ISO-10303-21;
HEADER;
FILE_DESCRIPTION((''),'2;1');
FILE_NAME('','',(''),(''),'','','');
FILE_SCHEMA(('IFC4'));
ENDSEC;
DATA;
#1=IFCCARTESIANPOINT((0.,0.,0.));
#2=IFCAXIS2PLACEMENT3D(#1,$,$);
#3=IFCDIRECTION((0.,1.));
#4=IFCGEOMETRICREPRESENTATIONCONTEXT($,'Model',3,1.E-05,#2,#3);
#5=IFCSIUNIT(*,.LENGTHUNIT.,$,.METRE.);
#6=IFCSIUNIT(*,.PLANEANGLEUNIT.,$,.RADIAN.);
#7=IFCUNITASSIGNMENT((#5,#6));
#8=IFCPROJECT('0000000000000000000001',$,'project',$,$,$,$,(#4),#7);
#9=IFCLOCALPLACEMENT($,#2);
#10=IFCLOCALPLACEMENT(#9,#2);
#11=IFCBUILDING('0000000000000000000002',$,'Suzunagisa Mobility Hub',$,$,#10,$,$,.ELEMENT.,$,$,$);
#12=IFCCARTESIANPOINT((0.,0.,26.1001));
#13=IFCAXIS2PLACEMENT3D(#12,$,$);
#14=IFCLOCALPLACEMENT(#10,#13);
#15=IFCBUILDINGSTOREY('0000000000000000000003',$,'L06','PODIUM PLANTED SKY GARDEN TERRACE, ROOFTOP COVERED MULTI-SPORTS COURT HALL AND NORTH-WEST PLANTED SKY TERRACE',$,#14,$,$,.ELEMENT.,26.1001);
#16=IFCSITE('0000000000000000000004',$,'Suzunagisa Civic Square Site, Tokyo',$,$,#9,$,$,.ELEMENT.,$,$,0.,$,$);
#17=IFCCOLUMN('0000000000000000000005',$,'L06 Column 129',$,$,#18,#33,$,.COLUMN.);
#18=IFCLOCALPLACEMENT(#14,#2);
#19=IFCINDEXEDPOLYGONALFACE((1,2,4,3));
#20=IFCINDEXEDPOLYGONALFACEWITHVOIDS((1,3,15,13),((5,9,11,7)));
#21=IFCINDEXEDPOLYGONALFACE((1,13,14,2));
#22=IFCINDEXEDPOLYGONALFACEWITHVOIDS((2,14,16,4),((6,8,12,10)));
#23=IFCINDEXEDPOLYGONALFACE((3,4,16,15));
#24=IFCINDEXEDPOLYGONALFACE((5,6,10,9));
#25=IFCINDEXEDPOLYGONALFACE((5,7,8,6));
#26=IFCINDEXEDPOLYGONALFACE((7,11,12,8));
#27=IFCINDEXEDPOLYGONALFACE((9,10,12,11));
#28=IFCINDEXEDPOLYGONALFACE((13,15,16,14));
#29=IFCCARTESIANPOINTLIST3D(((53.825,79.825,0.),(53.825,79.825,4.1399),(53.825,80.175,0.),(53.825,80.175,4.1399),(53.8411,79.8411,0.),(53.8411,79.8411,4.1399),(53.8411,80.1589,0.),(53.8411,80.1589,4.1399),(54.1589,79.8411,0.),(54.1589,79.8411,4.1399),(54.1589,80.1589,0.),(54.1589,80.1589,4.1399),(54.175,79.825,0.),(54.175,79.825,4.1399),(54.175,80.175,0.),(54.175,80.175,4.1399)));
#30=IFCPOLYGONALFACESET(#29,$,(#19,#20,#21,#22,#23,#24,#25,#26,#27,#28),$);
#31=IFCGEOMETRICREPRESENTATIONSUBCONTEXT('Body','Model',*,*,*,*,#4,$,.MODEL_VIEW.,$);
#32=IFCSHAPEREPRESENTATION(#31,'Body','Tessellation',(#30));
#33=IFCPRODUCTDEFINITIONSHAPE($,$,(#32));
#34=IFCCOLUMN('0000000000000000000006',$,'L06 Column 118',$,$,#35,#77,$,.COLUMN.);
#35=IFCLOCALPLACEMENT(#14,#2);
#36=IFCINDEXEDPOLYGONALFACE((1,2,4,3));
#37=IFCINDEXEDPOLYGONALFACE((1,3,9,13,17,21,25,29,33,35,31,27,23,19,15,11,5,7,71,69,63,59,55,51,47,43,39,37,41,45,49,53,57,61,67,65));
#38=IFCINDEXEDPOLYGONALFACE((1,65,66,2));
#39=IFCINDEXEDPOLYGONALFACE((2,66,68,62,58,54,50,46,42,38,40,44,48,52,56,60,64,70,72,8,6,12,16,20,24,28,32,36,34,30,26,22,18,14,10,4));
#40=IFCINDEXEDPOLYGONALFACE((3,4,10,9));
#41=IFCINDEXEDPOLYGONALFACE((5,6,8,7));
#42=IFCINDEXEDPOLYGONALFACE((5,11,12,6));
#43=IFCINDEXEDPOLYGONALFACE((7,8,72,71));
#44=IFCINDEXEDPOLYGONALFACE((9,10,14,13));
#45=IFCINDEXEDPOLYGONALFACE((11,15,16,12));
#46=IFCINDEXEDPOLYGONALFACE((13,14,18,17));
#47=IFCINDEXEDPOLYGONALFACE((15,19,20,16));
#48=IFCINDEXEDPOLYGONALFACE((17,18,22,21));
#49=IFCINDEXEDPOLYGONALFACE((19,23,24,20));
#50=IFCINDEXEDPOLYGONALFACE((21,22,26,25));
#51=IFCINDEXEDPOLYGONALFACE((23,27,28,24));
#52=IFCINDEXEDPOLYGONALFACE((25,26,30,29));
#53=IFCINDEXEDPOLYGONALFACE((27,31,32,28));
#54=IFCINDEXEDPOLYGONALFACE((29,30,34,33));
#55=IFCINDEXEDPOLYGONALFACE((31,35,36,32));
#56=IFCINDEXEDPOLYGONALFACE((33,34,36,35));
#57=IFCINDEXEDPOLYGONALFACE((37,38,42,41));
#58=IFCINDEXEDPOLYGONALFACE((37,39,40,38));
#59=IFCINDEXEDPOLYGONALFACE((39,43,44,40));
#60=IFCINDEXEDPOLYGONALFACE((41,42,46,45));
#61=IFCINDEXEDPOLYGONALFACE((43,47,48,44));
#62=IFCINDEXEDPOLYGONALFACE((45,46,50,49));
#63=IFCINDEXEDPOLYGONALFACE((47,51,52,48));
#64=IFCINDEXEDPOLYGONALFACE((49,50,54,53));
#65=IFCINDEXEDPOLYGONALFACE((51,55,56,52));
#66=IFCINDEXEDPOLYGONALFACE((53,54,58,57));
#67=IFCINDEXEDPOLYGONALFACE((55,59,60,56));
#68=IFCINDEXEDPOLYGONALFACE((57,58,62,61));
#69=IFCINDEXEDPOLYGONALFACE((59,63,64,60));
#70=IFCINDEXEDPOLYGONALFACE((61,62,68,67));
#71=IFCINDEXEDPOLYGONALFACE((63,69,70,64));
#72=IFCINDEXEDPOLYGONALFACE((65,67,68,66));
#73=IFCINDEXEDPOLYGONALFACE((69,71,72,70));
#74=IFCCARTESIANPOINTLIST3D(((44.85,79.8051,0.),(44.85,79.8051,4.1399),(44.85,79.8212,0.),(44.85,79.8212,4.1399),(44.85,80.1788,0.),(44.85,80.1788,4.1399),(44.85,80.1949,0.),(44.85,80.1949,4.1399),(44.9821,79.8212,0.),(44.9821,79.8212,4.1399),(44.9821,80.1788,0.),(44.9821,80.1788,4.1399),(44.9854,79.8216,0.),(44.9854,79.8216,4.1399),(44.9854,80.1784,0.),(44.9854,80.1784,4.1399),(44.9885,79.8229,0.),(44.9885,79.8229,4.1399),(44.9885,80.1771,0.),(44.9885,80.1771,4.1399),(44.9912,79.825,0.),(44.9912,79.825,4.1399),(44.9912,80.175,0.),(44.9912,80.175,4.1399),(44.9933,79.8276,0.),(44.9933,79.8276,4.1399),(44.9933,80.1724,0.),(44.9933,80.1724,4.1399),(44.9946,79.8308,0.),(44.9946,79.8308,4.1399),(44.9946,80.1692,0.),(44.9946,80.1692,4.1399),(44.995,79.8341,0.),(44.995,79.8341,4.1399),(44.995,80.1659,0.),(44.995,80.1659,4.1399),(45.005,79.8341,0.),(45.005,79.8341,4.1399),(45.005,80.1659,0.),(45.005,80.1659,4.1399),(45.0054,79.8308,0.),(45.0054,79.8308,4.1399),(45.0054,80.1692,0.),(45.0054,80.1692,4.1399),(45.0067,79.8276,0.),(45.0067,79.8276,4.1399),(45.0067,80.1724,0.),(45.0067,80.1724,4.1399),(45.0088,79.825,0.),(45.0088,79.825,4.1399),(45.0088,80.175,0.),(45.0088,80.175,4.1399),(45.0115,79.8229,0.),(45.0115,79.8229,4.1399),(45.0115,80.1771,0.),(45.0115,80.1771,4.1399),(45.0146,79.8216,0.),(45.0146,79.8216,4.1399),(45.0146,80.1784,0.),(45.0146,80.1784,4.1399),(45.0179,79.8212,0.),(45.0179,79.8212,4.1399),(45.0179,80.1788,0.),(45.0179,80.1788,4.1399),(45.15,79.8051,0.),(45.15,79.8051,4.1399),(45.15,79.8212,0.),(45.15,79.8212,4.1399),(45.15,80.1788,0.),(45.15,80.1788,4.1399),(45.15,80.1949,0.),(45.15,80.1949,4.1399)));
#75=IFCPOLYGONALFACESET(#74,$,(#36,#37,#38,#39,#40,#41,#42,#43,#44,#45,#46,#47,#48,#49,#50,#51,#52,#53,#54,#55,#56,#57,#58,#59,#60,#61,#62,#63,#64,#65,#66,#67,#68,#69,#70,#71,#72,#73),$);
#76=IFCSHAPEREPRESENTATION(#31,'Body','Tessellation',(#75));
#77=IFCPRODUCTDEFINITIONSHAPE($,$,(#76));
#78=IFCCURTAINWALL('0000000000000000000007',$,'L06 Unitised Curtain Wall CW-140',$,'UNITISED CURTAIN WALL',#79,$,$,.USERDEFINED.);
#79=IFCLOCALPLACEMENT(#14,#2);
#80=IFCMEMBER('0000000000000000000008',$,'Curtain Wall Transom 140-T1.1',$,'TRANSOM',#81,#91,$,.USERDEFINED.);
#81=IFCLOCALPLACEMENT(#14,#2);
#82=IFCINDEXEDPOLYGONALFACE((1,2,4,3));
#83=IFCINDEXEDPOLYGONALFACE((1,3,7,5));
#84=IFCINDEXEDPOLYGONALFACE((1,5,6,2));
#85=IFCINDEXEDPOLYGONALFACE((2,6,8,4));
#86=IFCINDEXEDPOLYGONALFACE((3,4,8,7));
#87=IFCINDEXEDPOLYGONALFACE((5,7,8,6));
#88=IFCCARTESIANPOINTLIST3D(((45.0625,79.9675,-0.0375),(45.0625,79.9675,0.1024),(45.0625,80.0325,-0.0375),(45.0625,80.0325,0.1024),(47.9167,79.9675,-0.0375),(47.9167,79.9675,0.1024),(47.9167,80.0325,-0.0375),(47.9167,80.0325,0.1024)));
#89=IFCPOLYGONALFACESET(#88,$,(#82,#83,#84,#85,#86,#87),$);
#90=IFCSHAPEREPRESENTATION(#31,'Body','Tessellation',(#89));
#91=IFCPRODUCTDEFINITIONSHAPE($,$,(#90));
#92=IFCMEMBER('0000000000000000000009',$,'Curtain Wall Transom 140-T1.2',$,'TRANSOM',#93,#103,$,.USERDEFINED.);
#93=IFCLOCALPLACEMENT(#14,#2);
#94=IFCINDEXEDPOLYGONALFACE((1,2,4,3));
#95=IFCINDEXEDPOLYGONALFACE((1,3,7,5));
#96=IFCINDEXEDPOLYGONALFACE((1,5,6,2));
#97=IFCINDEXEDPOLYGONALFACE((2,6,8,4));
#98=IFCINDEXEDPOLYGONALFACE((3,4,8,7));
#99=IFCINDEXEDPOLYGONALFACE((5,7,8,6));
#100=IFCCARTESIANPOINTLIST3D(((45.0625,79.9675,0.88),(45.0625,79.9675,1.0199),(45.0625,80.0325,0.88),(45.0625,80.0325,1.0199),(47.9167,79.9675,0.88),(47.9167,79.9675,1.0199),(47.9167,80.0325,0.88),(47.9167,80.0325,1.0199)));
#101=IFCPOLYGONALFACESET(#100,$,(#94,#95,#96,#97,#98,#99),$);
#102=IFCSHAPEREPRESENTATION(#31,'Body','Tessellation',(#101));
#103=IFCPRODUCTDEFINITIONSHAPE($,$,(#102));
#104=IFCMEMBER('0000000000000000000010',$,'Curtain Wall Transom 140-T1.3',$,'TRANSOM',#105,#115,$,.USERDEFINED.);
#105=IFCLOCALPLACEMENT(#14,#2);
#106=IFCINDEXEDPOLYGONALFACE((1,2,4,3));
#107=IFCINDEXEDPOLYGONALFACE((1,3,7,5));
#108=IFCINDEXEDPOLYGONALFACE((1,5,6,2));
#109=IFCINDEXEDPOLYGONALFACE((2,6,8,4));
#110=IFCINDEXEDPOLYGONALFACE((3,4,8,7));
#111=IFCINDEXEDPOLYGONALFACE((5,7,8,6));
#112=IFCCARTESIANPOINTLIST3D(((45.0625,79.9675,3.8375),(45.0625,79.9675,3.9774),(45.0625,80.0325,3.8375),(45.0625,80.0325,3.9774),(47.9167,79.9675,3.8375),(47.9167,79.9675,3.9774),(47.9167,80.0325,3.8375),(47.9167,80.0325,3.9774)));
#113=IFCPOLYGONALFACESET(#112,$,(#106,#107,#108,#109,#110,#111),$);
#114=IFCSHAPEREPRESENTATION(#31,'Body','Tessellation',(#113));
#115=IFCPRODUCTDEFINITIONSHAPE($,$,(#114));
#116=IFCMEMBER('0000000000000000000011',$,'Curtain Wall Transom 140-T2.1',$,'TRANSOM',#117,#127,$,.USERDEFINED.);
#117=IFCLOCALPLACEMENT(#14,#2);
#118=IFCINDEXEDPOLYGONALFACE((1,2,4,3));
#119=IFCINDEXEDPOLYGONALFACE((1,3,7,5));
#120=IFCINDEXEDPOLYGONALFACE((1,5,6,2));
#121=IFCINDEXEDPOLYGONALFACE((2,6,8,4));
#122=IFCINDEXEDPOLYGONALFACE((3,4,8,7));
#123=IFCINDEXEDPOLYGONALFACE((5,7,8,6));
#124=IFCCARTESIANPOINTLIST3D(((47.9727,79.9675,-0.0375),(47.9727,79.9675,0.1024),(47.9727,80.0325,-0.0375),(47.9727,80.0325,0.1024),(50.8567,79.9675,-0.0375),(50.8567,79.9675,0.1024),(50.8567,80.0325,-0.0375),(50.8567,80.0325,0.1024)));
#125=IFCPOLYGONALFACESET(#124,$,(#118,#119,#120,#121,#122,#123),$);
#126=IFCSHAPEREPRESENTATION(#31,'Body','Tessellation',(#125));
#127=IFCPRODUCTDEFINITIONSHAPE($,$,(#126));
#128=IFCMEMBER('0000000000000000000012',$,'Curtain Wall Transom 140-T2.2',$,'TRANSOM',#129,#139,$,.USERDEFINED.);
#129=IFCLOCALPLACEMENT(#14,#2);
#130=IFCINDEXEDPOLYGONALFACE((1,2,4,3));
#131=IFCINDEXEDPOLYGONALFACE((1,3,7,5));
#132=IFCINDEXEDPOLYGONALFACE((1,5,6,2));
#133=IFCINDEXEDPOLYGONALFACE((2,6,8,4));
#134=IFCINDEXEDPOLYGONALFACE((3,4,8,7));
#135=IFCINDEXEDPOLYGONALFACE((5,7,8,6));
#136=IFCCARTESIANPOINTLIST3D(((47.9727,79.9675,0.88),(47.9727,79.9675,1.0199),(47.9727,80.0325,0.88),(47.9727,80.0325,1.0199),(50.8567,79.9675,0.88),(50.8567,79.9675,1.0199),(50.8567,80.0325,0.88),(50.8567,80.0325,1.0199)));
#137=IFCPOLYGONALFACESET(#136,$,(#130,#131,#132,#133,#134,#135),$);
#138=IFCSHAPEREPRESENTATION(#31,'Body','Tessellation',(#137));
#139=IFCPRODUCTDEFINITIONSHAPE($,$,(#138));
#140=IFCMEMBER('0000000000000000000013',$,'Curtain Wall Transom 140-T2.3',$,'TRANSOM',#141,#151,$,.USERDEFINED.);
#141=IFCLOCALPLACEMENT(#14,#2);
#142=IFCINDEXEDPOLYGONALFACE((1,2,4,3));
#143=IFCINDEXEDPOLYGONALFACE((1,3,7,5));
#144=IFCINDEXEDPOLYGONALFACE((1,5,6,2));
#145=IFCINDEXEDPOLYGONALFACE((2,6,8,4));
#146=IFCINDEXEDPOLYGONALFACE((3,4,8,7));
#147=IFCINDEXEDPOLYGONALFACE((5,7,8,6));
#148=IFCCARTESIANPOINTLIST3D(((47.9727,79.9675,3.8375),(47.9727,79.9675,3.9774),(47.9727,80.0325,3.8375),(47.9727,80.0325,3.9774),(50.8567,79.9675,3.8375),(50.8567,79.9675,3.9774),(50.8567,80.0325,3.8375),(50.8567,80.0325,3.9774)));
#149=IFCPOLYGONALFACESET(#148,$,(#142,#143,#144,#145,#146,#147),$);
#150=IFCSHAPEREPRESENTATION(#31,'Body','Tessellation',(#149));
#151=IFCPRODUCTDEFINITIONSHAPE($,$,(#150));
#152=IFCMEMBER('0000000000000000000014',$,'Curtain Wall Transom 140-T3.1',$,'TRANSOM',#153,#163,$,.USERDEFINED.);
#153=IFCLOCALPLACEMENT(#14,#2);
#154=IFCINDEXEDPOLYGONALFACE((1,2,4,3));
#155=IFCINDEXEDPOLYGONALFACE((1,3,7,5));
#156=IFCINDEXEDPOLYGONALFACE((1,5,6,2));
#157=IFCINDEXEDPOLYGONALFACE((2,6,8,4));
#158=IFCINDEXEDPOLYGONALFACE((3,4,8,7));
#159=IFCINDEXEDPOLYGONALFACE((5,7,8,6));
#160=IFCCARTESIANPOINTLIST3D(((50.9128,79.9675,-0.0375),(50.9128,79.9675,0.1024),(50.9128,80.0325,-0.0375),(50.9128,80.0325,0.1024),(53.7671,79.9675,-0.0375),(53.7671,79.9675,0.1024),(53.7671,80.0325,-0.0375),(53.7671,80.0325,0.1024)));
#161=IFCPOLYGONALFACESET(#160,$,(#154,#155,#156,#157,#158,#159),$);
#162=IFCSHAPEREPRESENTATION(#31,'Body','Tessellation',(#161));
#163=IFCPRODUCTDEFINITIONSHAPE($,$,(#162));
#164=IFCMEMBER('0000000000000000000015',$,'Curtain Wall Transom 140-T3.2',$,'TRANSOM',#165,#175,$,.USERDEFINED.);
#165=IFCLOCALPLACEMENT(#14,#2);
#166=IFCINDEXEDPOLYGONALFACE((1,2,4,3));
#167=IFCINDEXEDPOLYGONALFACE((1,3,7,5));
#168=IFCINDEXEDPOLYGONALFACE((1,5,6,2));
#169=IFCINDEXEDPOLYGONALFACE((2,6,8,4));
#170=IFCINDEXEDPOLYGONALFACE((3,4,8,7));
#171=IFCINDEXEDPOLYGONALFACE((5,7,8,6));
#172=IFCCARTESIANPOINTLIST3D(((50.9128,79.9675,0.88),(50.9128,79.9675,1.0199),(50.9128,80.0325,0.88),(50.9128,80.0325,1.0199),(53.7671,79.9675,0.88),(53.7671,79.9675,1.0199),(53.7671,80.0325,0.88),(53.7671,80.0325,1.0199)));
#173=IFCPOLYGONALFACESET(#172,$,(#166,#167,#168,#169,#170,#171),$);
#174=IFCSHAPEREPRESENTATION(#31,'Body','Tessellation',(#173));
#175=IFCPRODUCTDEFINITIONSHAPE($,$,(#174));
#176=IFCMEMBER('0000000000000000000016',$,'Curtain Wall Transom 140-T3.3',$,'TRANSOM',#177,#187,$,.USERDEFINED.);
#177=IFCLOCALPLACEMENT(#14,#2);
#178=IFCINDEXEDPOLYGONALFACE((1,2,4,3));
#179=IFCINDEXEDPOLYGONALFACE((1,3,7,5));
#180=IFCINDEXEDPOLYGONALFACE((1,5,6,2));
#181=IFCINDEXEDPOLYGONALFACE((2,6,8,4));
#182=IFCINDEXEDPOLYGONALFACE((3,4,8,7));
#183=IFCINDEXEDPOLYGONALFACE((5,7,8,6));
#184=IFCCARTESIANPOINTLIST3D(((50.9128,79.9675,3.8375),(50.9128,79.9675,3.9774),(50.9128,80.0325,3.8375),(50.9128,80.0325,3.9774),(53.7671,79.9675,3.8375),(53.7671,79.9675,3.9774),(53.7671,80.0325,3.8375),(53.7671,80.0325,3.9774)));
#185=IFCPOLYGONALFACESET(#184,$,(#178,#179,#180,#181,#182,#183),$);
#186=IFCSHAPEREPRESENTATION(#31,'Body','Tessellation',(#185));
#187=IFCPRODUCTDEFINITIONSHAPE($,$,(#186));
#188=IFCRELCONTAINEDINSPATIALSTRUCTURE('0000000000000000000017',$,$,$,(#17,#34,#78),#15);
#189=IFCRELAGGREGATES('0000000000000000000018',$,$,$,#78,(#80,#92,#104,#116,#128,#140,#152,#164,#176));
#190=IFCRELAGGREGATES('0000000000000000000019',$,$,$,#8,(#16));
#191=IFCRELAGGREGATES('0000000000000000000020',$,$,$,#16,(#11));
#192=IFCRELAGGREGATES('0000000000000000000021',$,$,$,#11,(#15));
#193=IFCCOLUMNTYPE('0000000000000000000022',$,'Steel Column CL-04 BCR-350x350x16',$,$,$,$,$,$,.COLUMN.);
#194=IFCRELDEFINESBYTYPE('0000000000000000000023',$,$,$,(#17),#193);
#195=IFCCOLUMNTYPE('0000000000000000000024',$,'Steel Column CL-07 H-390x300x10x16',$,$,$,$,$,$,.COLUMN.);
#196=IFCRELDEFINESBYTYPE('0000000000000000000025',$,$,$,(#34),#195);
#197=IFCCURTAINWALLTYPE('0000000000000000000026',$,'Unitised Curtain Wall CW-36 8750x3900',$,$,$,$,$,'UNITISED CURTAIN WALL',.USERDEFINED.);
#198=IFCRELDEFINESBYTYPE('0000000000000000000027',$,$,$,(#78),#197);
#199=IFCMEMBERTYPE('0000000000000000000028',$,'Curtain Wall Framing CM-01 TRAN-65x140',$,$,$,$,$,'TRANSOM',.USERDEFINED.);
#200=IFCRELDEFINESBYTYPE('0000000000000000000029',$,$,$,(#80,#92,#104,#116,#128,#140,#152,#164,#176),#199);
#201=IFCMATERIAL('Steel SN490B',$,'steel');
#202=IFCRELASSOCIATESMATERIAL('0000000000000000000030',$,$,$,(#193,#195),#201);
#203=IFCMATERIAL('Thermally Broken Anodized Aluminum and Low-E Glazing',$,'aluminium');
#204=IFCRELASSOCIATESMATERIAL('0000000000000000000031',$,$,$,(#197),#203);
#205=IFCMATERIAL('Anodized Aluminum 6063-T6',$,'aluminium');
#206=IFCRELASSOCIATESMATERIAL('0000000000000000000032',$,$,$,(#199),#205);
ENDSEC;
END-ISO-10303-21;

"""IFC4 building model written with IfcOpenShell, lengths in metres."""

from ifc_helpers import new_model, si_unit, direction, frame, origin, origin_2d, place, context, subcontext, project, spatial, rectangle, hollow_rectangle, i_section, extrude, material, material_profile, profile_set, type_object, element, aggregate, save


model = new_model("IFC4")

# Units and contexts
model_context = context("Model", 3, precision=1e-05, world=origin(), true_north=direction((0.0, 1.0)))
body_context = subcontext(model_context, "Body", "Model", "MODEL_VIEW")
ifc_project = project(units=[si_unit("LENGTHUNIT", "METRE"), si_unit("PLANEANGLEUNIT", "RADIAN")], contexts=[model_context])

# Site, building, storey
site_placement = place(None, origin())
site = spatial("IfcSite", under=ifc_project, at=site_placement, Name="Suzunagisa Civic Square Site, Tokyo", CompositionType="ELEMENT", RefElevation=0.0)
building_placement = place(site_placement, origin())
building = spatial("IfcBuilding", under=site, at=building_placement, Name="Suzunagisa Mobility Hub", CompositionType="ELEMENT")
storey_placement = place(building_placement, frame((0.0, 0.0, 26.1001)))
storey = spatial("IfcBuildingStorey", under=building, at=storey_placement, Name="L06", Description="PODIUM PLANTED SKY GARDEN TERRACE, ROOFTOP COVERED MULTI-SPORTS COURT HALL AND NORTH-WEST PLANTED SKY TERRACE", CompositionType="ELEMENT", Elevation=26.1001)

# Columns
ifc_material_1 = material(Name="Steel SN490B", Category="steel")
ifc_material_profile_1 = material_profile(ifc_material_1, hollow_rectangle(XDim=0.3501, YDim=0.3501, WallThickness=0.0161, at=origin_2d()), Name="BCR-350x350x16")
ifc_profile_set_1 = profile_set([ifc_material_profile_1], Name="Steel SN490B")
column_type_1 = type_object("IfcColumnType", Name="Steel Column CL-04 BCR-350x350x16", PredefinedType="COLUMN", material=ifc_profile_set_1)
column_1_placement = place(storey_placement, frame((54.0, 80.0, 0.0), z_axis=(0.0, 0.0, 1.0), x_axis=(1.0, 0.0, 0.0)))
element("IfcColumn", 1, at=column_1_placement, inside=storey, type_object=column_type_1, Name="L06 Column 129", PredefinedType="COLUMN", context=body_context, shape_type="SweptSolid", body=[
    extrude(hollow_rectangle(XDim=0.3501, YDim=0.3501, WallThickness=0.0161, at=origin_2d()), origin(), (0.0, 0.0, 1.0), 4.1399),
])
ifc_material_profile_2 = material_profile(ifc_material_1, i_section(OverallWidth=0.3, OverallDepth=0.3899, WebThickness=0.01, FlangeThickness=0.0161, FilletRadius=0.0129, at=origin_2d()), Name="H-390x300x10x16")
ifc_profile_set_2 = profile_set([ifc_material_profile_2], Name="Steel SN490B")
column_type_2 = type_object("IfcColumnType", Name="Steel Column CL-07 H-390x300x10x16", PredefinedType="COLUMN", material=ifc_profile_set_2)
column_2_placement = place(storey_placement, frame((45.0, 80.0, 0.0), z_axis=(0.0, 0.0, 1.0), x_axis=(1.0, 0.0, 0.0)))
element("IfcColumn", 2, at=column_2_placement, inside=storey, type_object=column_type_2, Name="L06 Column 118", PredefinedType="COLUMN", context=body_context, shape_type="SweptSolid", body=[
    extrude(i_section(OverallWidth=0.3, OverallDepth=0.3899, WebThickness=0.01, FlangeThickness=0.0161, FilletRadius=0.0129, at=origin_2d()), origin(), (0.0, 0.0, 1.0), 4.1399),
])

# Curtain wall, members
ifc_material_2 = material(Name="Thermally Broken Anodized Aluminum and Low-E Glazing", Category="aluminium")
curtain_wall_type = type_object("IfcCurtainWallType", Name="Unitised Curtain Wall CW-36 8750x3900", ElementType="UNITISED CURTAIN WALL", PredefinedType="USERDEFINED", material=ifc_material_2)
curtain_wall_placement = place(storey_placement, origin())
curtain_wall = element("IfcCurtainWall", 3, at=curtain_wall_placement, inside=storey, type_object=curtain_wall_type, Name="L06 Unitised Curtain Wall CW-140", ObjectType="UNITISED CURTAIN WALL", PredefinedType="USERDEFINED")
ifc_material_3 = material(Name="Anodized Aluminum 6063-T6", Category="aluminium")
ifc_material_profile_3 = material_profile(ifc_material_3, rectangle(XDim=0.0649, YDim=0.1399, at=origin_2d()), Name="TRAN-65x140")
ifc_profile_set_3 = profile_set([ifc_material_profile_3], Name="Anodized Aluminum 6063-T6")
member_type_1 = type_object("IfcMemberType", Name="Curtain Wall Framing CM-01 TRAN-65x140", ElementType="TRANSOM", PredefinedType="USERDEFINED", material=ifc_profile_set_3)
member_1_placement = place(storey_placement, frame((45.0625, 80.0, 0.0325), z_axis=(1.0, 0.0, 0.0), x_axis=(0.0, 1.0, 0.0)))
member_1 = element("IfcMember", 4, at=member_1_placement, type_object=member_type_1, Name="Curtain Wall Transom 140-T1.1", ObjectType="TRANSOM", PredefinedType="USERDEFINED", context=body_context, shape_type="SweptSolid", body=[
    extrude(rectangle(XDim=0.0649, YDim=0.1399, at=origin_2d()), origin(), (0.0, 0.0, 1.0), 2.8542),
])
member_2_placement = place(storey_placement, frame((45.0625, 80.0, 0.95), z_axis=(1.0, 0.0, 0.0), x_axis=(0.0, 1.0, 0.0)))
member_2 = element("IfcMember", 5, at=member_2_placement, type_object=member_type_1, Name="Curtain Wall Transom 140-T1.2", ObjectType="TRANSOM", PredefinedType="USERDEFINED", context=body_context, shape_type="SweptSolid", body=[
    extrude(rectangle(XDim=0.0649, YDim=0.1399, at=origin_2d()), origin(), (0.0, 0.0, 1.0), 2.8542),
])
member_3_placement = place(storey_placement, frame((45.0625, 80.0, 3.9075), z_axis=(1.0, 0.0, 0.0), x_axis=(0.0, 1.0, 0.0)))
member_3 = element("IfcMember", 6, at=member_3_placement, type_object=member_type_1, Name="Curtain Wall Transom 140-T1.3", ObjectType="TRANSOM", PredefinedType="USERDEFINED", context=body_context, shape_type="SweptSolid", body=[
    extrude(rectangle(XDim=0.0649, YDim=0.1399, at=origin_2d()), origin(), (0.0, 0.0, 1.0), 2.8542),
])
member_4_placement = place(storey_placement, frame((47.9727, 80.0, 0.0325), z_axis=(1.0, 0.0, 0.0), x_axis=(0.0, 1.0, 0.0)))
member_4 = element("IfcMember", 7, at=member_4_placement, type_object=member_type_1, Name="Curtain Wall Transom 140-T2.1", ObjectType="TRANSOM", PredefinedType="USERDEFINED", context=body_context, shape_type="SweptSolid", body=[
    extrude(rectangle(XDim=0.0649, YDim=0.1399, at=origin_2d()), origin(), (0.0, 0.0, 1.0), 2.884),
])
member_5_placement = place(storey_placement, frame((47.9727, 80.0, 0.95), z_axis=(1.0, 0.0, 0.0), x_axis=(0.0, 1.0, 0.0)))
member_5 = element("IfcMember", 8, at=member_5_placement, type_object=member_type_1, Name="Curtain Wall Transom 140-T2.2", ObjectType="TRANSOM", PredefinedType="USERDEFINED", context=body_context, shape_type="SweptSolid", body=[
    extrude(rectangle(XDim=0.0649, YDim=0.1399, at=origin_2d()), origin(), (0.0, 0.0, 1.0), 2.884),
])
member_6_placement = place(storey_placement, frame((47.9727, 80.0, 3.9075), z_axis=(1.0, 0.0, 0.0), x_axis=(0.0, 1.0, 0.0)))
member_6 = element("IfcMember", 9, at=member_6_placement, type_object=member_type_1, Name="Curtain Wall Transom 140-T2.3", ObjectType="TRANSOM", PredefinedType="USERDEFINED", context=body_context, shape_type="SweptSolid", body=[
    extrude(rectangle(XDim=0.0649, YDim=0.1399, at=origin_2d()), origin(), (0.0, 0.0, 1.0), 2.884),
])
member_7_placement = place(storey_placement, frame((50.9128, 80.0, 0.0325), z_axis=(1.0, 0.0, 0.0), x_axis=(0.0, 1.0, 0.0)))
member_7 = element("IfcMember", 10, at=member_7_placement, type_object=member_type_1, Name="Curtain Wall Transom 140-T3.1", ObjectType="TRANSOM", PredefinedType="USERDEFINED", context=body_context, shape_type="SweptSolid", body=[
    extrude(rectangle(XDim=0.0649, YDim=0.1399, at=origin_2d()), origin(), (0.0, 0.0, 1.0), 2.8542),
])
member_8_placement = place(storey_placement, frame((50.9128, 80.0, 0.95), z_axis=(1.0, 0.0, 0.0), x_axis=(0.0, 1.0, 0.0)))
member_8 = element("IfcMember", 11, at=member_8_placement, type_object=member_type_1, Name="Curtain Wall Transom 140-T3.2", ObjectType="TRANSOM", PredefinedType="USERDEFINED", context=body_context, shape_type="SweptSolid", body=[
    extrude(rectangle(XDim=0.0649, YDim=0.1399, at=origin_2d()), origin(), (0.0, 0.0, 1.0), 2.8542),
])
member_9_placement = place(storey_placement, frame((50.9128, 80.0, 3.9075), z_axis=(1.0, 0.0, 0.0), x_axis=(0.0, 1.0, 0.0)))
member_9 = element("IfcMember", 12, at=member_9_placement, type_object=member_type_1, Name="Curtain Wall Transom 140-T3.3", ObjectType="TRANSOM", PredefinedType="USERDEFINED", context=body_context, shape_type="SweptSolid", body=[
    extrude(rectangle(XDim=0.0649, YDim=0.1399, at=origin_2d()), origin(), (0.0, 0.0, 1.0), 2.8542),
])

aggregate(curtain_wall, [member_1, member_2, member_3, member_4, member_5, member_6, member_7, member_8, member_9])

save(model, "model.ifc")
